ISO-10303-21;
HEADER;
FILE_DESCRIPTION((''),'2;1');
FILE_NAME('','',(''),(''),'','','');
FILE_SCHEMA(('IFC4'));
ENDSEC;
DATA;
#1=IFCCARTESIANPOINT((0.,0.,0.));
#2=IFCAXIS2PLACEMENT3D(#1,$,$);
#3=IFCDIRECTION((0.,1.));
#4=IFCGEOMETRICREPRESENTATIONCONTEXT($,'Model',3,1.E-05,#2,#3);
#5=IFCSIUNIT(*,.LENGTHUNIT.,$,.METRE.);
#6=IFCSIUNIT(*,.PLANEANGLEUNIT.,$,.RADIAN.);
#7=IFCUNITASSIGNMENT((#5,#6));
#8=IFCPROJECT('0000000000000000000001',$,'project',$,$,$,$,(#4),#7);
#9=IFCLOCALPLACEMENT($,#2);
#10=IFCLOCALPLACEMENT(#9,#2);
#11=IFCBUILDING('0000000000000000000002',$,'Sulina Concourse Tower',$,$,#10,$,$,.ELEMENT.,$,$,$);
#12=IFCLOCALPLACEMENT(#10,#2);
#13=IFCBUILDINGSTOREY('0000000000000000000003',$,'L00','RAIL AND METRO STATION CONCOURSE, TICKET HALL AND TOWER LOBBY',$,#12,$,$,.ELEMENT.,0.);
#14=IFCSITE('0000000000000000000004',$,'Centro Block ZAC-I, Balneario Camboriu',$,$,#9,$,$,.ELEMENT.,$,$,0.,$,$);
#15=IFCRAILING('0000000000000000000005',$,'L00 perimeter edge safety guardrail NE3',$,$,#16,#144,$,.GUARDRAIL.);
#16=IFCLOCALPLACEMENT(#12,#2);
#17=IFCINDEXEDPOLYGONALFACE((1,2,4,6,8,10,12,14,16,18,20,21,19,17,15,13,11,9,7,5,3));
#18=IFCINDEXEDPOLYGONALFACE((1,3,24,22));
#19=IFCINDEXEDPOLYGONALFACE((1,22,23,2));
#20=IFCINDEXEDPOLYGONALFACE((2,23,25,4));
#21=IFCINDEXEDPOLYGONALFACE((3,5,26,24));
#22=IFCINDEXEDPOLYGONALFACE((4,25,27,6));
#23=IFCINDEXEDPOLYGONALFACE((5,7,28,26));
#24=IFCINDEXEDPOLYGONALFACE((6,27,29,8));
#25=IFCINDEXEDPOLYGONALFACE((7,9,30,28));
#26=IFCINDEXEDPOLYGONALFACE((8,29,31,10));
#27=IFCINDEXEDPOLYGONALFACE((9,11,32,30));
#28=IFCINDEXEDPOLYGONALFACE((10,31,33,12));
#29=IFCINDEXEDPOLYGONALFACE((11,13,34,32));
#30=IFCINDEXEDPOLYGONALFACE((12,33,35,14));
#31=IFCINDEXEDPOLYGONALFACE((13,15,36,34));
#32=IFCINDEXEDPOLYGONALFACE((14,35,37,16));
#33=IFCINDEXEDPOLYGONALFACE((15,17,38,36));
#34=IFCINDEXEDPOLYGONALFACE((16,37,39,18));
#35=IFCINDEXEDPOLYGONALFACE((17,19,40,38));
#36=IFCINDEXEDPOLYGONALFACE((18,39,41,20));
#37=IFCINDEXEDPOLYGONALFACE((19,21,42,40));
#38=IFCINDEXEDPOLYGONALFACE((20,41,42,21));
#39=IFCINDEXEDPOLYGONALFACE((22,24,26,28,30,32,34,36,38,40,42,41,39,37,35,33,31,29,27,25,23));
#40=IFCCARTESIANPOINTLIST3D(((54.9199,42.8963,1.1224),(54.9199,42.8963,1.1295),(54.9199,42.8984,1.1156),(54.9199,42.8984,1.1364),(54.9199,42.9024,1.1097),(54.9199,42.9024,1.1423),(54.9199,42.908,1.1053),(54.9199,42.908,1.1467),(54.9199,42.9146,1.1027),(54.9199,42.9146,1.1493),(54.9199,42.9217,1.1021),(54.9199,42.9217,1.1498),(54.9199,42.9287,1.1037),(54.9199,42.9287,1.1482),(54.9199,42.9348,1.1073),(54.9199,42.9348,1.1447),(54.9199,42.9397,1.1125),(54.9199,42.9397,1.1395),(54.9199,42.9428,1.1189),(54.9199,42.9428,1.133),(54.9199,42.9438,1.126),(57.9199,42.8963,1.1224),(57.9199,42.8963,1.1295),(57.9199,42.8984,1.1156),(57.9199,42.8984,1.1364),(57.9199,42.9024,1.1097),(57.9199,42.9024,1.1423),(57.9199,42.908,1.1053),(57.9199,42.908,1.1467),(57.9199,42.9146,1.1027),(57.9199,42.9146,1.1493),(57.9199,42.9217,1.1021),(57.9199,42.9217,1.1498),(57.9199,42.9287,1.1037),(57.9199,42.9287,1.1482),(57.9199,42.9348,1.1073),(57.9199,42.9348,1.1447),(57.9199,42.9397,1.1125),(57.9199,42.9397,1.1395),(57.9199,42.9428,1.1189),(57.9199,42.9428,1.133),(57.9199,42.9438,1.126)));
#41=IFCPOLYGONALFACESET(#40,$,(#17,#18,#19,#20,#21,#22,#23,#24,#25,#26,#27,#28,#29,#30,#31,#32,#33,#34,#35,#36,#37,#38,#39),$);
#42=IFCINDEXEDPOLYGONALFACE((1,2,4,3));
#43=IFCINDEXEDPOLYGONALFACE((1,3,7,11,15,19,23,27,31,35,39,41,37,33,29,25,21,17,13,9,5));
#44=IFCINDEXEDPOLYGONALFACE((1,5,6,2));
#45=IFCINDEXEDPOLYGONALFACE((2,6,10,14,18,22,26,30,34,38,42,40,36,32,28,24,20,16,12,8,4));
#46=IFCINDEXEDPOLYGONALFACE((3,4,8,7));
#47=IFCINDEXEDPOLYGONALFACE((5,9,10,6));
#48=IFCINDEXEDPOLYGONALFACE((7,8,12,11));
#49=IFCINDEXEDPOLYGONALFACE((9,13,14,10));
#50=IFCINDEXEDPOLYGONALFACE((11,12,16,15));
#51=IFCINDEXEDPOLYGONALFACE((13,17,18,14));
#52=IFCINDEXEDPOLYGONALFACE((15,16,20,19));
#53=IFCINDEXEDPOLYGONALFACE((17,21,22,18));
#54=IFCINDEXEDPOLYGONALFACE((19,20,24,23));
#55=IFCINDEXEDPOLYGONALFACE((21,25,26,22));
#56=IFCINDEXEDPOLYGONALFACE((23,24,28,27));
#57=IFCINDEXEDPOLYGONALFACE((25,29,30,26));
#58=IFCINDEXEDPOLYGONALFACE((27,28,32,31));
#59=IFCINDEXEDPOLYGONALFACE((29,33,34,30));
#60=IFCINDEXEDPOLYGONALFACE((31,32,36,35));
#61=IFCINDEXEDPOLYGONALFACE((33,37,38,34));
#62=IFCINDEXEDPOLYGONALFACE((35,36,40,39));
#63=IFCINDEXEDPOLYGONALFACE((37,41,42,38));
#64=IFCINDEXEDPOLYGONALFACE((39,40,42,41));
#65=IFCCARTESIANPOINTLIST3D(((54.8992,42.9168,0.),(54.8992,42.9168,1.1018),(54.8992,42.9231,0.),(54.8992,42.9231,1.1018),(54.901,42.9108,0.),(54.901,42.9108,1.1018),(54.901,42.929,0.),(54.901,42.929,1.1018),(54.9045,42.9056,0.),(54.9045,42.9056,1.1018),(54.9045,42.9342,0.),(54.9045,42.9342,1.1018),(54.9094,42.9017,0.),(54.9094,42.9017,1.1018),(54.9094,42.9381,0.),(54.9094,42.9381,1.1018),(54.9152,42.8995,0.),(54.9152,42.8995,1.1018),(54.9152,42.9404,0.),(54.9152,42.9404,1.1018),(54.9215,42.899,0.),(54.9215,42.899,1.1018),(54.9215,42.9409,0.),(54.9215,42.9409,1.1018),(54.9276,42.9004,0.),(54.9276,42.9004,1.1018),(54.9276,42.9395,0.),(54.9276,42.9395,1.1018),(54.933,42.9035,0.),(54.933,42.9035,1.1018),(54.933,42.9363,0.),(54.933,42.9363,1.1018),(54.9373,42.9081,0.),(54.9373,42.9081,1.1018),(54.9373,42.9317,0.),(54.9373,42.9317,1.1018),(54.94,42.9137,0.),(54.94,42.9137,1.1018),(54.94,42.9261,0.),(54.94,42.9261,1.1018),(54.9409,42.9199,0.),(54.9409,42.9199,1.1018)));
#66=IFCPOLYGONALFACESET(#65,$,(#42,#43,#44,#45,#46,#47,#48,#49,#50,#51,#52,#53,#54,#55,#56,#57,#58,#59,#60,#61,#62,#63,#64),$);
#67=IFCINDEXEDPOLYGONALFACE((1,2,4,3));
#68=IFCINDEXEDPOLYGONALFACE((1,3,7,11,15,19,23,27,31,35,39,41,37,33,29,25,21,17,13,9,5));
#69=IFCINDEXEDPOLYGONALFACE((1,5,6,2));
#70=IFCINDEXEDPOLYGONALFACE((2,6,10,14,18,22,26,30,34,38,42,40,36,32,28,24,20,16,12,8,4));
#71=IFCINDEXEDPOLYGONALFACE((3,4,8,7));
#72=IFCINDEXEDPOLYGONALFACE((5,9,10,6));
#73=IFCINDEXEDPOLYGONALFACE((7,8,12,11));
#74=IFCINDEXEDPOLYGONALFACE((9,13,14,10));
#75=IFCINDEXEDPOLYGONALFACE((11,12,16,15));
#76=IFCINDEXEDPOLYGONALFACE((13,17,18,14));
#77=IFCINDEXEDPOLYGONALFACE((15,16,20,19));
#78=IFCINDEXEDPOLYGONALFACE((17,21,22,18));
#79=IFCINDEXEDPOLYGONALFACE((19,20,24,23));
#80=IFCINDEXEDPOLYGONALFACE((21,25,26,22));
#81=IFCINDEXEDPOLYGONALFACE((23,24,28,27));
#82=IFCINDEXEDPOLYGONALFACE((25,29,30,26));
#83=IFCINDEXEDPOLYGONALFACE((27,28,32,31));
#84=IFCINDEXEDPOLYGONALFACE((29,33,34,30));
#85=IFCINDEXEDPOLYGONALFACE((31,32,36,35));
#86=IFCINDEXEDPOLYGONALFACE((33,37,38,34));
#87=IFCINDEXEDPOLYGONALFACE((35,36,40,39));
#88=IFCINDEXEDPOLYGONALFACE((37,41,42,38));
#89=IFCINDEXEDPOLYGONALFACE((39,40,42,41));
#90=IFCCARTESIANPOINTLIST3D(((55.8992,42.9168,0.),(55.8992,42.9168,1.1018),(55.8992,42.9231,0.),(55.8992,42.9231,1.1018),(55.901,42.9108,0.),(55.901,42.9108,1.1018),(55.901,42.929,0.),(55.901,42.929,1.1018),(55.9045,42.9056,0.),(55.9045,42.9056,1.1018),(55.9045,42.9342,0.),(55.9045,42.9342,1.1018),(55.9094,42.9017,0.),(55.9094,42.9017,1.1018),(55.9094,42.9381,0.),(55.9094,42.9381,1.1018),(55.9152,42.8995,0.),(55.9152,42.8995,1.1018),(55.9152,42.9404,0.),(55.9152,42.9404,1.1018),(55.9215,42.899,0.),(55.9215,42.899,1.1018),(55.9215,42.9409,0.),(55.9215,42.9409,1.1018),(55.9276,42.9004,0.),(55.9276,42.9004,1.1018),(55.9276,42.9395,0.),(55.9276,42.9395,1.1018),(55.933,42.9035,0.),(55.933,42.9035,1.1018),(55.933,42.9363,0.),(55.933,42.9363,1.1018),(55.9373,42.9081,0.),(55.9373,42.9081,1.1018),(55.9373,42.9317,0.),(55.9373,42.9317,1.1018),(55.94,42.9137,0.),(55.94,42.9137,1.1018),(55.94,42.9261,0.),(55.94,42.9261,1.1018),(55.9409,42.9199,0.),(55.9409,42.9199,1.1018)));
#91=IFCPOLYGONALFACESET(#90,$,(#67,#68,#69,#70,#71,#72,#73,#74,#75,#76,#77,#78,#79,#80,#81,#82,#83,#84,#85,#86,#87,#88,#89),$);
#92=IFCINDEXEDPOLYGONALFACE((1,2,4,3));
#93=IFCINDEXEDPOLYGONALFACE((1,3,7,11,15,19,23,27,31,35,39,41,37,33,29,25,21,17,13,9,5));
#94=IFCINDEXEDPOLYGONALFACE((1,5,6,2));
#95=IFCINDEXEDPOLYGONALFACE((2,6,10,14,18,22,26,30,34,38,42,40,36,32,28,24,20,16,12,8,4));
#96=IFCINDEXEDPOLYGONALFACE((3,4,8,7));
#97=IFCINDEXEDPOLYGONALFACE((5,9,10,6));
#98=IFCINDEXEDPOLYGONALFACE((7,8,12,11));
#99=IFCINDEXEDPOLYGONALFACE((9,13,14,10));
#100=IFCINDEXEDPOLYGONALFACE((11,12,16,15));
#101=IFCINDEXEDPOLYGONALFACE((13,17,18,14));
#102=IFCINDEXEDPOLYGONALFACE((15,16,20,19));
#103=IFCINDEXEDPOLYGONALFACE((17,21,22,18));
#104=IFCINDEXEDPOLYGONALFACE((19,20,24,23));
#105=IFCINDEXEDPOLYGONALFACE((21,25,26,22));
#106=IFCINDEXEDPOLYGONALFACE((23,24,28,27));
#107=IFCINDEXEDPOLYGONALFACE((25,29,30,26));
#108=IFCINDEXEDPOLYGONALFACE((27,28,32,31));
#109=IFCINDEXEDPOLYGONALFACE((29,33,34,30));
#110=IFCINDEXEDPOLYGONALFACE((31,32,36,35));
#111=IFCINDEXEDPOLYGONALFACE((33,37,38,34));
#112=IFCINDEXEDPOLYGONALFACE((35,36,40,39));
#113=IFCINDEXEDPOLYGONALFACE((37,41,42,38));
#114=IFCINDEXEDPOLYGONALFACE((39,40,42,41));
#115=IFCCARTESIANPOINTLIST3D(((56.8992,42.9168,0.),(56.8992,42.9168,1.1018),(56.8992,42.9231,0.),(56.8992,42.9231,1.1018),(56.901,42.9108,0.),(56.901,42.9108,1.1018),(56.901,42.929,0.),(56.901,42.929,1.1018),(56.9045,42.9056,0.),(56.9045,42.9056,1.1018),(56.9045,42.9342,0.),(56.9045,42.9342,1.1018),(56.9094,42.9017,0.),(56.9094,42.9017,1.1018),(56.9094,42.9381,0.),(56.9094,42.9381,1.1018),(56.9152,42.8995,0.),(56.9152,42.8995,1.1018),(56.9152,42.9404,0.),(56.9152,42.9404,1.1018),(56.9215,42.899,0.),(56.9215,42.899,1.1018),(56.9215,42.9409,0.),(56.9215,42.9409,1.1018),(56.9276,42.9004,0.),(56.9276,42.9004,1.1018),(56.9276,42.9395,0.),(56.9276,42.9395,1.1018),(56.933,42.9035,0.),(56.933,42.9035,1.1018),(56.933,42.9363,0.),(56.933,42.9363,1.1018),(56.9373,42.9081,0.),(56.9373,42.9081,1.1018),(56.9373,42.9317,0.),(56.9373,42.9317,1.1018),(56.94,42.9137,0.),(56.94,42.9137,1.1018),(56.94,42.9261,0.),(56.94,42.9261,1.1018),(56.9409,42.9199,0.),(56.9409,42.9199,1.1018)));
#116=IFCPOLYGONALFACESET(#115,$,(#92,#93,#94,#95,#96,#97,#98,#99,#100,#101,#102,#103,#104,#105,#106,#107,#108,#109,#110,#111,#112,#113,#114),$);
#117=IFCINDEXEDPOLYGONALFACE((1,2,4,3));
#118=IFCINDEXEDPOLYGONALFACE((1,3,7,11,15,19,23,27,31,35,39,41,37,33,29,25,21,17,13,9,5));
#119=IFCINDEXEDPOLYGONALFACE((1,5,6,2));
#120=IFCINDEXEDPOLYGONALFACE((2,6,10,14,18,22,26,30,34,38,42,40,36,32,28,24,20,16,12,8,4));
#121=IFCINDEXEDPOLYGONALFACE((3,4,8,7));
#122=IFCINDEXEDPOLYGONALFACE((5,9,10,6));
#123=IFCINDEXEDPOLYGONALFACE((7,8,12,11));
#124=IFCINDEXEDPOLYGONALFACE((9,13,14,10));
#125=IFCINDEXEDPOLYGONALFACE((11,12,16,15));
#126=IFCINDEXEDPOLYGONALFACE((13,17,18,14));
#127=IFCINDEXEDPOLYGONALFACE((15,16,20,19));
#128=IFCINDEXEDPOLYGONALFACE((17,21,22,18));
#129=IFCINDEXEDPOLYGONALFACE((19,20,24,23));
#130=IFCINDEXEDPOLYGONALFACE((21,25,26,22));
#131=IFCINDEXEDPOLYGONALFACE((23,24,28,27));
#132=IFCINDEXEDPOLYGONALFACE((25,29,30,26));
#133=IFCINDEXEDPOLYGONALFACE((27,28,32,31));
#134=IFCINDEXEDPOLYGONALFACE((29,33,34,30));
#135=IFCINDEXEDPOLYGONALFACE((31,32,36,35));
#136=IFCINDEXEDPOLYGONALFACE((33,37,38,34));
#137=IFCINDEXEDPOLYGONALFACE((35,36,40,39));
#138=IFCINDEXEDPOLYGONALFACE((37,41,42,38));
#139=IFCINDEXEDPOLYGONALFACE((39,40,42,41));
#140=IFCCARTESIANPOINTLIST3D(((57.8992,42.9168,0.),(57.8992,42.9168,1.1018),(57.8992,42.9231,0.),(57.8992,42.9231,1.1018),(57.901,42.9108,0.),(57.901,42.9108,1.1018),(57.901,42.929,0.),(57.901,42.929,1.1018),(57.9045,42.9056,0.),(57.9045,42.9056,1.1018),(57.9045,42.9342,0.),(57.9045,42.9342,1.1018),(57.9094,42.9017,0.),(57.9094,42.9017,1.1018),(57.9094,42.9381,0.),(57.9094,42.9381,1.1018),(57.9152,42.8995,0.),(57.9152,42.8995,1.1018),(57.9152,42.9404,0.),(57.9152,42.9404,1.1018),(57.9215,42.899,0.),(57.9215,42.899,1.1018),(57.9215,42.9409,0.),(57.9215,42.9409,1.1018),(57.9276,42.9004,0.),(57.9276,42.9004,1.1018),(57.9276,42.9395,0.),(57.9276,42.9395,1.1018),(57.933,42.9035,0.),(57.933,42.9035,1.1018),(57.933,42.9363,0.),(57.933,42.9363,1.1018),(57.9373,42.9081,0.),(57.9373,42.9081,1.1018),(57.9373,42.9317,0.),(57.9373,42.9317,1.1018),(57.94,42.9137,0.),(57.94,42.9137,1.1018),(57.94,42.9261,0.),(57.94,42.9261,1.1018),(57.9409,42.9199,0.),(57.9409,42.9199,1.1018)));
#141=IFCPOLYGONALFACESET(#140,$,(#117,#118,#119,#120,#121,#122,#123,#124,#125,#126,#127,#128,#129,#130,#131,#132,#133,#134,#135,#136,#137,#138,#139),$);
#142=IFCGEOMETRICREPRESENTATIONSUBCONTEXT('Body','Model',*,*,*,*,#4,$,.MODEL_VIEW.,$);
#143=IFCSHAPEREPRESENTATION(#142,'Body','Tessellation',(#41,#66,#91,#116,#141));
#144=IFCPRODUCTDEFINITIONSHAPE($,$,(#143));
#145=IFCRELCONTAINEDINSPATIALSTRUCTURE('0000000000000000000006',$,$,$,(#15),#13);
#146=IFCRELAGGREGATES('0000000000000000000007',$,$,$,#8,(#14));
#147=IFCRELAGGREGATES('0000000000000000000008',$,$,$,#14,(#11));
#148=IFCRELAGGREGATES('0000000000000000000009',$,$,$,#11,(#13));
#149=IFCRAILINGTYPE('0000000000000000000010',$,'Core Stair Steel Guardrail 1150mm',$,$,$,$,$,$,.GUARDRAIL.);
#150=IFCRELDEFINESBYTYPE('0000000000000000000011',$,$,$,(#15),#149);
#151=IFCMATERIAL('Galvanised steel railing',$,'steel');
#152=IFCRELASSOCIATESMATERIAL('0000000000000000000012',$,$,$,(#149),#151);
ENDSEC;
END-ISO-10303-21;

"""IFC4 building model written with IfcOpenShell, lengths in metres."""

from ifc_helpers import new_model, si_unit, direction, frame, origin, origin_2d, place, context, subcontext, project, spatial, circle, extrude, material, type_object, element, save


model = new_model("IFC4")

# Units and contexts
model_context = context("Model", 3, precision=1e-05, world=origin(), true_north=direction((0.0, 1.0)))
body_context = subcontext(model_context, "Body", "Model", "MODEL_VIEW")
ifc_project = project(units=[si_unit("LENGTHUNIT", "METRE"), si_unit("PLANEANGLEUNIT", "RADIAN")], contexts=[model_context])

# Site, building, storey
site_placement = place(None, origin())
site = spatial("IfcSite", under=ifc_project, at=site_placement, Name="Centro Block ZAC-I, Balneario Camboriu", CompositionType="ELEMENT", RefElevation=0.0)
building_placement = place(site_placement, origin())
building = spatial("IfcBuilding", under=site, at=building_placement, Name="Sulina Concourse Tower", CompositionType="ELEMENT")
storey_placement = place(building_placement, origin())
storey = spatial("IfcBuildingStorey", under=building, at=storey_placement, Name="L00", Description="RAIL AND METRO STATION CONCOURSE, TICKET HALL AND TOWER LOBBY", CompositionType="ELEMENT", Elevation=0.0)

# Railing
ifc_material_1 = material(Name="Galvanised steel railing", Category="steel")
railing_type_1 = type_object("IfcRailingType", Name="Core Stair Steel Guardrail 1150mm", PredefinedType="GUARDRAIL", material=ifc_material_1)
railing_1_placement = place(storey_placement, frame((54.9199, 42.9199, 0.0)))
element("IfcRailing", 1, at=railing_1_placement, inside=storey, type_object=railing_type_1, Name="L00 perimeter edge safety guardrail NE3", PredefinedType="GUARDRAIL", context=body_context, shape_type="SweptSolid", body=[
    extrude(circle(Radius=0.0239, at=origin_2d()), frame((0.0, 0.0, 1.126), z_axis=(1.0, 0.0, 0.0), x_axis=(0.0, 1.0, 0.0)), (0.0, 0.0, 1.0), 3.0),
    extrude(circle(Radius=0.021, at=origin_2d()), origin(), (0.0, 0.0, 1.0), 1.1018),
    extrude(circle(Radius=0.021, at=origin_2d()), frame((1.0, 0.0, 0.0)), (0.0, 0.0, 1.0), 1.1018),
    extrude(circle(Radius=0.021, at=origin_2d()), frame((2.0, 0.0, 0.0)), (0.0, 0.0, 1.0), 1.1018),
    extrude(circle(Radius=0.021, at=origin_2d()), frame((3.0, 0.0, 0.0)), (0.0, 0.0, 1.0), 1.1018),
])

save(model, "model.ifc")
